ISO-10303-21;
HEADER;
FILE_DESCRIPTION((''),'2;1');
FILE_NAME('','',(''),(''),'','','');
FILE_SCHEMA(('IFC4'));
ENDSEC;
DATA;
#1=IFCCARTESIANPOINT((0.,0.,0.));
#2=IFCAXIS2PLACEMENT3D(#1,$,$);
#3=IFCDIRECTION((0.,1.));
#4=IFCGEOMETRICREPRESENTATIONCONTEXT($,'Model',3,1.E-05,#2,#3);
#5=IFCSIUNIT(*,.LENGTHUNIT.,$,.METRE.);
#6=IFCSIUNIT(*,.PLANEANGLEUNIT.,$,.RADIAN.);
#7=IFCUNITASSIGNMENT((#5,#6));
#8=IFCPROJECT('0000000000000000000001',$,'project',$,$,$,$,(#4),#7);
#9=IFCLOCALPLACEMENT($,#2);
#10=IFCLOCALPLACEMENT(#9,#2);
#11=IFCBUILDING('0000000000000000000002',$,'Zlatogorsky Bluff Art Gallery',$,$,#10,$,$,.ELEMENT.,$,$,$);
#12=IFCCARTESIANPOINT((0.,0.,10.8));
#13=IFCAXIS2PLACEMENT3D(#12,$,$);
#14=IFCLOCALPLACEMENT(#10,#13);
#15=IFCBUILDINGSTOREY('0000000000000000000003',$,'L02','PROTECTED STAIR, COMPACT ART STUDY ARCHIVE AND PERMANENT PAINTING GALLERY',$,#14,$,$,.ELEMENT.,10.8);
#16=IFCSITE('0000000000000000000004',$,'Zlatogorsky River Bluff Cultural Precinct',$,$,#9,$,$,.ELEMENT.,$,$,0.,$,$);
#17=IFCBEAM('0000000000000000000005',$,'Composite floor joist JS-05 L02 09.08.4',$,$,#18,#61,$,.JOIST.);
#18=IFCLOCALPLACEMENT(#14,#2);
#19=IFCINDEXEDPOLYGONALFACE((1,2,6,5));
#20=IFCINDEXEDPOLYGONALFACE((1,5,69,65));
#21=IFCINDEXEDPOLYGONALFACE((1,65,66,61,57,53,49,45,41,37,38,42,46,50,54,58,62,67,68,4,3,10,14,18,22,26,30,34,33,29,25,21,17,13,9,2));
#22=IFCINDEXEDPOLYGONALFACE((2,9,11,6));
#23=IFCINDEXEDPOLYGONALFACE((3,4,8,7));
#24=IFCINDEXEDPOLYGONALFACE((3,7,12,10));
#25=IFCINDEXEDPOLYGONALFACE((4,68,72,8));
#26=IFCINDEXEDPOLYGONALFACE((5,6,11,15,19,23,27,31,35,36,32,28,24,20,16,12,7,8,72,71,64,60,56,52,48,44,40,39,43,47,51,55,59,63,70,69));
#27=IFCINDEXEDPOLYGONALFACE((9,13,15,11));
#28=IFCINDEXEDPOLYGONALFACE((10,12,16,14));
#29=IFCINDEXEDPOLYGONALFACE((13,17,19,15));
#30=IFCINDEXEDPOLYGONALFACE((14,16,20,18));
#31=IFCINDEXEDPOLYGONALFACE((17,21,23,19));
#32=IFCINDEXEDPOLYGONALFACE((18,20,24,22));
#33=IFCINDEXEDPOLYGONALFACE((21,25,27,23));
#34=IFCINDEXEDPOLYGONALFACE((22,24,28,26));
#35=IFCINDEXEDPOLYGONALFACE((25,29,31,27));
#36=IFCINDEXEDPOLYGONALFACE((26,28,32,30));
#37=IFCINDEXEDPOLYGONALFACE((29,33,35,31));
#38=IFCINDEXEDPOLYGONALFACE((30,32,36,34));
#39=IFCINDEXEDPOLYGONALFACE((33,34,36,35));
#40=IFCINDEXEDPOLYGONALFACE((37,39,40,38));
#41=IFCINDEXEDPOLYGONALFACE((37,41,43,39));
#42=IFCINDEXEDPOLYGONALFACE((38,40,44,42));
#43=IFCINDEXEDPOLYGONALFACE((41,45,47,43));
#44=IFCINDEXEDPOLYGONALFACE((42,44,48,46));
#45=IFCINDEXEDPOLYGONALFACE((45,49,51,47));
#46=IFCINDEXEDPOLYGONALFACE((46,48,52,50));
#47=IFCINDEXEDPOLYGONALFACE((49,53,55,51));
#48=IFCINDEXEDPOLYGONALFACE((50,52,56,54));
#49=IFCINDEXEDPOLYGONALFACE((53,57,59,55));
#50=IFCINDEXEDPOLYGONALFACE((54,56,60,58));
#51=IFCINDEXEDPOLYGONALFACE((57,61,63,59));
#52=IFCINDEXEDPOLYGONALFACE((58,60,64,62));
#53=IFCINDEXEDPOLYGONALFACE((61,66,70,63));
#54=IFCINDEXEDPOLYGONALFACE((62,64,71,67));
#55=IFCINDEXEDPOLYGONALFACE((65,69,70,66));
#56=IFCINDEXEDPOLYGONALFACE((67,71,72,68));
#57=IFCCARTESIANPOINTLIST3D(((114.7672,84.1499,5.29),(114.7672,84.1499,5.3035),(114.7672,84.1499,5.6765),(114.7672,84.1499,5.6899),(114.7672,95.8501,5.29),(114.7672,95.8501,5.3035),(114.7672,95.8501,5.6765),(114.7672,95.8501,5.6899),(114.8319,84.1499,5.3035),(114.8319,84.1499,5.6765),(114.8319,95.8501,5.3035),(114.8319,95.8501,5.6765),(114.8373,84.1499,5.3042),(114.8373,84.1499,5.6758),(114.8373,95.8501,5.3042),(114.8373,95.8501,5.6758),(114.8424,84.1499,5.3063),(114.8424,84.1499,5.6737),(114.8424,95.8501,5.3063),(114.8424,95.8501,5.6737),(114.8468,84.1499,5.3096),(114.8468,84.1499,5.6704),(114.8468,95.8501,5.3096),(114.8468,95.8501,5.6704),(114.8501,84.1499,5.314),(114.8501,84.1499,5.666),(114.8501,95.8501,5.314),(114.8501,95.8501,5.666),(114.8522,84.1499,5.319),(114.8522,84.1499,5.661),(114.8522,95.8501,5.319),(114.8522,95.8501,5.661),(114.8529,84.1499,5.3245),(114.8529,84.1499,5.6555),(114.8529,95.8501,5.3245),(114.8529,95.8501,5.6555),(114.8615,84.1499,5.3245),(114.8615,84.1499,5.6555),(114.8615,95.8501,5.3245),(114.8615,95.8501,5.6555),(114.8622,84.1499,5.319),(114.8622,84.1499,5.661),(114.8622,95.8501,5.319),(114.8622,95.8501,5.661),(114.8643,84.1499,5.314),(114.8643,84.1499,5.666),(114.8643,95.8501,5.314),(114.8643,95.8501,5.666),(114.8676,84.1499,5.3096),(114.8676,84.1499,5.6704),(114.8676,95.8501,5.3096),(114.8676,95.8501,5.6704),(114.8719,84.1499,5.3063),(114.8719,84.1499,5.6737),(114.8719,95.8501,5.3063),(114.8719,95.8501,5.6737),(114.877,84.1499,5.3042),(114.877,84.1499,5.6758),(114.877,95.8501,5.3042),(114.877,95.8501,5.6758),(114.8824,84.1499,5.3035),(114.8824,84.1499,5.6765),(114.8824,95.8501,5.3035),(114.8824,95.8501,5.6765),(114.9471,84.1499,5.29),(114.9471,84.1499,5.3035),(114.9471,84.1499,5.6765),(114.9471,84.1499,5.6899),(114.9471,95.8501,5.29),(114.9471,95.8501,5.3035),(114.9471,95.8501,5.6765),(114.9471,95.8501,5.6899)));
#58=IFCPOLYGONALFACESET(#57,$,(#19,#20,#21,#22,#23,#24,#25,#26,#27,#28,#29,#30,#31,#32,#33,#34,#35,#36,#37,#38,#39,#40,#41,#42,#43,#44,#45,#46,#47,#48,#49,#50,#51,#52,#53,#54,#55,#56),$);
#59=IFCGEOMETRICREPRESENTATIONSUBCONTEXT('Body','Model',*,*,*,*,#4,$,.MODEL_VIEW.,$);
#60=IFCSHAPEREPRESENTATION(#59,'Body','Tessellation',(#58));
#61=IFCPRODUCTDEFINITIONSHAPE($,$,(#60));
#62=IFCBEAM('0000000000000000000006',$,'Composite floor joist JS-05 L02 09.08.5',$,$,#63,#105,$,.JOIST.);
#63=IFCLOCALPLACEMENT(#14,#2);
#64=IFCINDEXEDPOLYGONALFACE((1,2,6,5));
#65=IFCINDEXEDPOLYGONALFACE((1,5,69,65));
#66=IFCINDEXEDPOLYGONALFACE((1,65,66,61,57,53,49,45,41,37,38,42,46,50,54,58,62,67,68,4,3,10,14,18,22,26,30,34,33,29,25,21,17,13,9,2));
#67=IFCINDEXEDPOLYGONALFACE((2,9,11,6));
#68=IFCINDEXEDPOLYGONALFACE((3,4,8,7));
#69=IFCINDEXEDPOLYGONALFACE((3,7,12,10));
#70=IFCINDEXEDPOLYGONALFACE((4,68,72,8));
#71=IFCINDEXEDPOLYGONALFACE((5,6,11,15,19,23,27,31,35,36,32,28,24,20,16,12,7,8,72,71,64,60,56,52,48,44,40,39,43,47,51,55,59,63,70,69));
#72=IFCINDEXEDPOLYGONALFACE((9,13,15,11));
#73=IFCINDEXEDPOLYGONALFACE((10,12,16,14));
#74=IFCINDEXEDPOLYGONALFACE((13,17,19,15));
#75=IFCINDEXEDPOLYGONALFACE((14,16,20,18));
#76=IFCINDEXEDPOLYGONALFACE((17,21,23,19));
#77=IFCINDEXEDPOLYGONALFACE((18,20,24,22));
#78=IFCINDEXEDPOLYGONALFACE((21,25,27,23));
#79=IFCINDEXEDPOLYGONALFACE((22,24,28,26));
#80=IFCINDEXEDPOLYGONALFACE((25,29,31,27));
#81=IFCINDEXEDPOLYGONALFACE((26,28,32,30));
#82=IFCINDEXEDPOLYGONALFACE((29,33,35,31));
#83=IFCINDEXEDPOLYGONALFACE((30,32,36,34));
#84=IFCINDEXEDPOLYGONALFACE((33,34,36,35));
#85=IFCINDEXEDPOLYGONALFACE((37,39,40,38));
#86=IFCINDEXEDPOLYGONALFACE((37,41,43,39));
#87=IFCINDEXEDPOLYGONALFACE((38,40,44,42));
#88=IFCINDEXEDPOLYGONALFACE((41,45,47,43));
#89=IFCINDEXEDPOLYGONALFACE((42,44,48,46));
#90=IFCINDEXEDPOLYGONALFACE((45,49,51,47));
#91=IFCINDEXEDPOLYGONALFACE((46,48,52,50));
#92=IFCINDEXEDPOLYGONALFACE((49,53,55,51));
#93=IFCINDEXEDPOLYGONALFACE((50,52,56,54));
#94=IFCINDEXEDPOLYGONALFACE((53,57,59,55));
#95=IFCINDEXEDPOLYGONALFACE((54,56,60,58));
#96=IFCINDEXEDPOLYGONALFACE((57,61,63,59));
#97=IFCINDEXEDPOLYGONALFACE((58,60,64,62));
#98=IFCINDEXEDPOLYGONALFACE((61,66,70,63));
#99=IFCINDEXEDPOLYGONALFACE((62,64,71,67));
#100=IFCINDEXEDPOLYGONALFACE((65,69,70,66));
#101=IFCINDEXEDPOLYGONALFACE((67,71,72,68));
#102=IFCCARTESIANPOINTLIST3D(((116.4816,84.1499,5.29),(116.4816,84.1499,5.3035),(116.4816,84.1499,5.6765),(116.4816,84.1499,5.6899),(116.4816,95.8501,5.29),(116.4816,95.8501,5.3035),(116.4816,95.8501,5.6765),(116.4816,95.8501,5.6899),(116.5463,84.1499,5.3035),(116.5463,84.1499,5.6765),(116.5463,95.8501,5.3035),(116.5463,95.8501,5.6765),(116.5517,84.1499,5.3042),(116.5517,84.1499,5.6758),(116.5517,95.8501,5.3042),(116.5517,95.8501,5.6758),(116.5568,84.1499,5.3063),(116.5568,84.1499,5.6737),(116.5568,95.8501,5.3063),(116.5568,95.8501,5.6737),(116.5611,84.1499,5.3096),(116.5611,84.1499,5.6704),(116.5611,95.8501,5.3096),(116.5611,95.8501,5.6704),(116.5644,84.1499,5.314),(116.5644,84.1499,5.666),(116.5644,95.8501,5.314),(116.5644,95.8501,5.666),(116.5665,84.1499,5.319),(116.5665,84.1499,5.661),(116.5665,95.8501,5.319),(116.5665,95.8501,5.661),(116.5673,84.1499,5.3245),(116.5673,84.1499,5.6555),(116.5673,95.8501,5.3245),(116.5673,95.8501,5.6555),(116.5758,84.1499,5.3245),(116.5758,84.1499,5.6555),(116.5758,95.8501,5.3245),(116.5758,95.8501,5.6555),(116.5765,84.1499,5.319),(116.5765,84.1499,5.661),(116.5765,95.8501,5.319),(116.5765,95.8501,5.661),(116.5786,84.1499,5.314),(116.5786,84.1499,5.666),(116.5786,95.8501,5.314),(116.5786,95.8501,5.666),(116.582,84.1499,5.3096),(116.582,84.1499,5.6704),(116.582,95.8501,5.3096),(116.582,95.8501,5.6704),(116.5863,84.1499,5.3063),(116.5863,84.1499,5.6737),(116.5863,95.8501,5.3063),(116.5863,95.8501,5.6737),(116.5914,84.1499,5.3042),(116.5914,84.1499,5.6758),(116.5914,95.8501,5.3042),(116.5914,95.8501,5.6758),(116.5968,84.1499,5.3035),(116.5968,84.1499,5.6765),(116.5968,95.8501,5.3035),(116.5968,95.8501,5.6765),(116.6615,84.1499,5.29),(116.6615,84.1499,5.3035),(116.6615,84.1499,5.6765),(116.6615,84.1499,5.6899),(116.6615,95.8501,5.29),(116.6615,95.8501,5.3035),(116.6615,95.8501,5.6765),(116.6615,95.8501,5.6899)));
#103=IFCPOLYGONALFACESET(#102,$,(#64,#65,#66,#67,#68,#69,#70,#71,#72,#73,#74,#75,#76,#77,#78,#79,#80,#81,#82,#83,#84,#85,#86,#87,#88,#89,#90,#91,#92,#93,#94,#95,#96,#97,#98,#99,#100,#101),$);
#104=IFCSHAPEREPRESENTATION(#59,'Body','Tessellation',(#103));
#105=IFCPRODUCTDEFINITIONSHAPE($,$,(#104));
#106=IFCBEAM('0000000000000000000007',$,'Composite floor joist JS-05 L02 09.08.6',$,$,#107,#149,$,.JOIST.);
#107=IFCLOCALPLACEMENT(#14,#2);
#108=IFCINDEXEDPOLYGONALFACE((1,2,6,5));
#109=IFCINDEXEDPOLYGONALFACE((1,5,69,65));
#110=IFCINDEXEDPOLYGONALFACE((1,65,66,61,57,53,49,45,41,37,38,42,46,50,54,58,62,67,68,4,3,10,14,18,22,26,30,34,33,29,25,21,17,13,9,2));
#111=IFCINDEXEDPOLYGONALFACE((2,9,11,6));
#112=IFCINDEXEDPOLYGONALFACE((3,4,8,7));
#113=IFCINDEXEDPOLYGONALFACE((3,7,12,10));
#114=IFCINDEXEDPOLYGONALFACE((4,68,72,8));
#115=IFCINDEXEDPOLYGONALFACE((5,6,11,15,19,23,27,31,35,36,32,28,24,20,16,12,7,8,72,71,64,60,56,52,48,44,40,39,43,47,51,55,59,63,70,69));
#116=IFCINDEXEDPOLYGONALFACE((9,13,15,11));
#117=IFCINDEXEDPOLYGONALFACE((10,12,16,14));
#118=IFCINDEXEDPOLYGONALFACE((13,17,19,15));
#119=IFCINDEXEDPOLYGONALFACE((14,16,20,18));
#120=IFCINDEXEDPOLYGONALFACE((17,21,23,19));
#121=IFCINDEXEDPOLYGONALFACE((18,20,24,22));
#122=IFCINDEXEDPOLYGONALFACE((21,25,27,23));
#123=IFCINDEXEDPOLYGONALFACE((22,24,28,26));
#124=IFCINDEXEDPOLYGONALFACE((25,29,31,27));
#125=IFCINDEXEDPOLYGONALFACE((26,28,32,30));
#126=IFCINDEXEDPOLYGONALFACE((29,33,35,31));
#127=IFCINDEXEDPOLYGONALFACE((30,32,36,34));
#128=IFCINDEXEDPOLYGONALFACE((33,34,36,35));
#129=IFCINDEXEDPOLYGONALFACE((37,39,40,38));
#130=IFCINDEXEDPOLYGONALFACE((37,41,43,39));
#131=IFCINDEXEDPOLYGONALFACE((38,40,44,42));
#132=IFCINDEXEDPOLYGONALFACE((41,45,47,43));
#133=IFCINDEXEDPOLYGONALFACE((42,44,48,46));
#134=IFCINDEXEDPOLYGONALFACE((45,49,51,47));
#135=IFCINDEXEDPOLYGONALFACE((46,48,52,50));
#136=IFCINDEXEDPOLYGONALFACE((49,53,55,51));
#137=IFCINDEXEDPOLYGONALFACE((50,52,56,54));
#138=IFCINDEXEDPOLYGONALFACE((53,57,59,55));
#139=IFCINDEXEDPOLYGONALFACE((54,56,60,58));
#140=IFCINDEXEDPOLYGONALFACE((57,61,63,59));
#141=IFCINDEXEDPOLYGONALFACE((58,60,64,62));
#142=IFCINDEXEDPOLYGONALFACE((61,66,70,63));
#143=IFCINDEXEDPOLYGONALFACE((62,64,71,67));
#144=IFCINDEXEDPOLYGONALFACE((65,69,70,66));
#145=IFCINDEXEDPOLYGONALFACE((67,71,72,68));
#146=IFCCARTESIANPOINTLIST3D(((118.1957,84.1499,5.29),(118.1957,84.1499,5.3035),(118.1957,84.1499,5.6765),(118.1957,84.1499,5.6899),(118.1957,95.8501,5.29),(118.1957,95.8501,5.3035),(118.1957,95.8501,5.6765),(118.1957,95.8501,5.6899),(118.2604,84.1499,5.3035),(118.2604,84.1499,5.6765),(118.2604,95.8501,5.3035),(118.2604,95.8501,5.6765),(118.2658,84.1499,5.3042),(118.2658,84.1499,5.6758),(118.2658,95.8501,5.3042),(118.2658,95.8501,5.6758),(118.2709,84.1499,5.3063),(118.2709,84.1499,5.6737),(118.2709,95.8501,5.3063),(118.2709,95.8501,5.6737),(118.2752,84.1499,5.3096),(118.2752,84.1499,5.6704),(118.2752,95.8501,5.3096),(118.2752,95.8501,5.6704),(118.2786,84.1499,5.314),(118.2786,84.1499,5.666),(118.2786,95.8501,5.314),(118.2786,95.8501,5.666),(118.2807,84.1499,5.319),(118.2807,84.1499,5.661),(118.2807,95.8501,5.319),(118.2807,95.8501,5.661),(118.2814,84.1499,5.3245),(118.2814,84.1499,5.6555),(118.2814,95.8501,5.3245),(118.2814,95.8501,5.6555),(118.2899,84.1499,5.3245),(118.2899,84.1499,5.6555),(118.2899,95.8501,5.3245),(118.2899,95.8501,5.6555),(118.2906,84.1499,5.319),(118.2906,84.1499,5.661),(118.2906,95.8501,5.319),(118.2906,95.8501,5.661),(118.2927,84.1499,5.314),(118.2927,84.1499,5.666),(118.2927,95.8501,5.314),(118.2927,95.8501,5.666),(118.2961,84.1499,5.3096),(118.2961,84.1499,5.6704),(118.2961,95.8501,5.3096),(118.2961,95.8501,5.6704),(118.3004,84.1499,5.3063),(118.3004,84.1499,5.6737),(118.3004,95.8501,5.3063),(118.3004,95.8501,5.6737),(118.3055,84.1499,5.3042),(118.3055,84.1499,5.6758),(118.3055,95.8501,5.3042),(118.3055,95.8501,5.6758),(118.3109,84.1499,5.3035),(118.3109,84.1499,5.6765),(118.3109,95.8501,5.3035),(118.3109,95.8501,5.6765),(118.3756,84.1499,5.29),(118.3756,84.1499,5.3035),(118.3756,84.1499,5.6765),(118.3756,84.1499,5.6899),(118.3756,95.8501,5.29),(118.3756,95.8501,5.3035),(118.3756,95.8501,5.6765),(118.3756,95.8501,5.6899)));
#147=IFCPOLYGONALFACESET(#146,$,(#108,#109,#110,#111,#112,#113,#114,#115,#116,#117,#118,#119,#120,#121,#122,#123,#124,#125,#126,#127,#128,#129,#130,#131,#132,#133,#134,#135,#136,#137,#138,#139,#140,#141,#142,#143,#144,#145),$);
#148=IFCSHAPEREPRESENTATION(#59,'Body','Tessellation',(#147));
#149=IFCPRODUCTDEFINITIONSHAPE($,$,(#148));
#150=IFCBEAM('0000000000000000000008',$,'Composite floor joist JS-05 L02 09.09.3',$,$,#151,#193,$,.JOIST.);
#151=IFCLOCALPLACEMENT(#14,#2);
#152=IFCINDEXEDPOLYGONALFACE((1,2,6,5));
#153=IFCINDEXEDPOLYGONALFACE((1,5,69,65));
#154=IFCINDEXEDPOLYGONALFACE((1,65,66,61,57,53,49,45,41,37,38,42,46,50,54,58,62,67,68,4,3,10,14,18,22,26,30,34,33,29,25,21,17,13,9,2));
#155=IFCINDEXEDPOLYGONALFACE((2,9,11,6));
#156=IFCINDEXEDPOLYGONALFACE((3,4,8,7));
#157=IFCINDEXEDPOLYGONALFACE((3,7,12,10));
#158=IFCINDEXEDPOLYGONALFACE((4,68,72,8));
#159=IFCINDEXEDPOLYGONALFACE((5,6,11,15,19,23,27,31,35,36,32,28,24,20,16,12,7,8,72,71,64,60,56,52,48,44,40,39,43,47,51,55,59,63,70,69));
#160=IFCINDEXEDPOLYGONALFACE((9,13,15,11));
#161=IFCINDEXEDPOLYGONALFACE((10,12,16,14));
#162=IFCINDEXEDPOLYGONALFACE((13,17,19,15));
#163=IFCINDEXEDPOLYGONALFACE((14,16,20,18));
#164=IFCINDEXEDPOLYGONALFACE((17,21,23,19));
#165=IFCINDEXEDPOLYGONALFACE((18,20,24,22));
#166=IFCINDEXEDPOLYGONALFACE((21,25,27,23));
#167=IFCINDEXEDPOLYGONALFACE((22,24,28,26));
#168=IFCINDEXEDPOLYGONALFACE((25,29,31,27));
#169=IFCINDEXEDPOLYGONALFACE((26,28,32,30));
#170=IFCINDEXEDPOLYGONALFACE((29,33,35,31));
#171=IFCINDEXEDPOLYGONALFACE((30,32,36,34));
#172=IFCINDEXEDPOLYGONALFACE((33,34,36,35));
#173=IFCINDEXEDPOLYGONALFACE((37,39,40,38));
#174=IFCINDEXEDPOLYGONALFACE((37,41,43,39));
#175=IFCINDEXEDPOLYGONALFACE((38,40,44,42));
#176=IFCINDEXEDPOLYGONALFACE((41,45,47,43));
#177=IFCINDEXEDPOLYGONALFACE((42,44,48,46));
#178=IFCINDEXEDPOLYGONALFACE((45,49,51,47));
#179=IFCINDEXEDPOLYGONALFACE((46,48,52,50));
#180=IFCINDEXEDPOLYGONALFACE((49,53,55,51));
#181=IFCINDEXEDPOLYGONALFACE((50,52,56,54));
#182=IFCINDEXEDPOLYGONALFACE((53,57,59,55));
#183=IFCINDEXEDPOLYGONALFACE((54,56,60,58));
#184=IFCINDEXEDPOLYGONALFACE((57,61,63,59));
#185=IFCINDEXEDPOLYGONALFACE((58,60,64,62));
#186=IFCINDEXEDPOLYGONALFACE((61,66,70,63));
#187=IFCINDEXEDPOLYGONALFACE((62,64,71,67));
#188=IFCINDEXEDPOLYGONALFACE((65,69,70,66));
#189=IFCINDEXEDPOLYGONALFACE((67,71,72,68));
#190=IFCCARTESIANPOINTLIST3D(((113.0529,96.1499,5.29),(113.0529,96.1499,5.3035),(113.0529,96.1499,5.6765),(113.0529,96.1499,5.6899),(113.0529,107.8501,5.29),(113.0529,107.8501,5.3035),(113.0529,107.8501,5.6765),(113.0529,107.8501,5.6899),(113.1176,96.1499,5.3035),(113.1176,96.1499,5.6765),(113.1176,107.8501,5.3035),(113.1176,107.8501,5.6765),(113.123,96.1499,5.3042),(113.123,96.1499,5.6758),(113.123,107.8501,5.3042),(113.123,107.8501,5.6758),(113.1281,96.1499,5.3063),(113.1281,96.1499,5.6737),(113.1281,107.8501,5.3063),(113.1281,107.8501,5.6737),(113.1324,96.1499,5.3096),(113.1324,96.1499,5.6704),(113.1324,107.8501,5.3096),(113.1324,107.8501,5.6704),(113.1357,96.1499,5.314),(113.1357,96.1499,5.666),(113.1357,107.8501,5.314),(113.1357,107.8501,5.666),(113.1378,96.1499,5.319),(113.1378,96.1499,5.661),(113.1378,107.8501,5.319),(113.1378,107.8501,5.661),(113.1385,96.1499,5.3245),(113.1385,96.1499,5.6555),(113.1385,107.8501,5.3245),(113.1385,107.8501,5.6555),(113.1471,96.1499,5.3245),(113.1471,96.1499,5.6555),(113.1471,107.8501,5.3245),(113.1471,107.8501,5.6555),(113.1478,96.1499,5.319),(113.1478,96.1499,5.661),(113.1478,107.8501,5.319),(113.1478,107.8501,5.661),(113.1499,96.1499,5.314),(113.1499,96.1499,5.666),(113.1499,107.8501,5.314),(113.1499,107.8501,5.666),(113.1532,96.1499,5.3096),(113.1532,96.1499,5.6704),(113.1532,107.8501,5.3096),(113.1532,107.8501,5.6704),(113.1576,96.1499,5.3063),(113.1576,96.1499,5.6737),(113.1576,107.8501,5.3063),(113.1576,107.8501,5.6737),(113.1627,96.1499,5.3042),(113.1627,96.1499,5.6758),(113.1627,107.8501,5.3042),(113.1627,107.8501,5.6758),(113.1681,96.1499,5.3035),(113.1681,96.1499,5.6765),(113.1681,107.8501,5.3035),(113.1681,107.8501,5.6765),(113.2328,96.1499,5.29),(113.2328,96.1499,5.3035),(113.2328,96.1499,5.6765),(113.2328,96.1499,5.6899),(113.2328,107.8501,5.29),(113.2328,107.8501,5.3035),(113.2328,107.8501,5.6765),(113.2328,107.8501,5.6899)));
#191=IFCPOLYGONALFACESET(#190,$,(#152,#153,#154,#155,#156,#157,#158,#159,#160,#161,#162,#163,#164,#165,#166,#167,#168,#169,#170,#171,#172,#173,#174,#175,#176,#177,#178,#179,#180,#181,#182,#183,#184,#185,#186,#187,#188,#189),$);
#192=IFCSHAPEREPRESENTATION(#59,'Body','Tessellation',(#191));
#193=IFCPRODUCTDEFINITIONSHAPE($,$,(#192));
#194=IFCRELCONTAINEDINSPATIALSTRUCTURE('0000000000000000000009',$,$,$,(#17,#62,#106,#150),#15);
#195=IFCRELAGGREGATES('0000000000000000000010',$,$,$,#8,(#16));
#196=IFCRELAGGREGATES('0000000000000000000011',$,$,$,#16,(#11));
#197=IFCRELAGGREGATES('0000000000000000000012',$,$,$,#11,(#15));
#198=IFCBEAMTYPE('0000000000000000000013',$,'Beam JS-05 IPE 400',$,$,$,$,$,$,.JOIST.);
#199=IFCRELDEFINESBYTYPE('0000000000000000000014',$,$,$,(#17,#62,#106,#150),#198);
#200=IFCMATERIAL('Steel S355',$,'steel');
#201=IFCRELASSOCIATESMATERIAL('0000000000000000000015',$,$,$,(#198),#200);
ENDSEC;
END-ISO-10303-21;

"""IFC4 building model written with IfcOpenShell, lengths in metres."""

from ifc_helpers import new_model, si_unit, direction, frame, origin, origin_2d, place, context, subcontext, project, spatial, i_section, extrude, material, material_profile, profile_set, type_object, element, save


model = new_model("IFC4")

# Units and contexts
model_context = context("Model", 3, precision=1e-05, world=origin(), true_north=direction((0.0, 1.0)))
body_context = subcontext(model_context, "Body", "Model", "MODEL_VIEW")
ifc_project = project(units=[si_unit("LENGTHUNIT", "METRE"), si_unit("PLANEANGLEUNIT", "RADIAN")], contexts=[model_context])

# Site, building, storey
site_placement = place(None, origin())
site = spatial("IfcSite", under=ifc_project, at=site_placement, Name="Zlatogorsky River Bluff Cultural Precinct", CompositionType="ELEMENT", RefElevation=0.0)
building_placement = place(site_placement, origin())
building = spatial("IfcBuilding", under=site, at=building_placement, Name="Zlatogorsky Bluff Art Gallery", CompositionType="ELEMENT")
storey_placement = place(building_placement, frame((0.0, 0.0, 10.8)))
storey = spatial("IfcBuildingStorey", under=building, at=storey_placement, Name="L02", Description="PROTECTED STAIR, COMPACT ART STUDY ARCHIVE AND PERMANENT PAINTING GALLERY", CompositionType="ELEMENT", Elevation=10.8)

# Shared definitions
ifc_material_1 = material(Name="Steel S355", Category="steel")

# Beams
ifc_material_profile_1 = material_profile(ifc_material_1, i_section(OverallWidth=0.1799, OverallDepth=0.3999, WebThickness=0.0085, FlangeThickness=0.0134, FilletRadius=0.021, at=origin_2d()), Name="IPE 400")
ifc_profile_set_1 = profile_set([ifc_material_profile_1], Name="Steel S355")
beam_type_1 = type_object("IfcBeamType", Name="Beam JS-05 IPE 400", PredefinedType="JOIST", material=ifc_profile_set_1)
for number, where, z_axis, x_axis, name in (
    (1, (114.8572, 84.1499, 5.49), (0.0, 1.0, 0.0), (-1.0, 0.0, 0.0), "Composite floor joist JS-05 L02 09.08.4"),
    (2, (116.5715, 84.1499, 5.49), (0.0, 1.0, 0.0), (-1.0, 0.0, 0.0), "Composite floor joist JS-05 L02 09.08.5"),
    (3, (118.2856, 84.1499, 5.49), (0.0, 1.0, 0.0), (-1.0, 0.0, 0.0), "Composite floor joist JS-05 L02 09.08.6"),
    (4, (113.1428, 96.1499, 5.49), (0.0, 1.0, 0.0), (-1.0, 0.0, 0.0), "Composite floor joist JS-05 L02 09.09.3"),
):
    element("IfcBeam", number, at=place(storey_placement, frame(where, z_axis=z_axis, x_axis=x_axis)), inside=storey, type_object=beam_type_1, Name=name, PredefinedType="JOIST", context=body_context, shape_type="SweptSolid", body=[
        extrude(i_section(OverallWidth=0.1799, OverallDepth=0.3999, WebThickness=0.0085, FlangeThickness=0.0134, FilletRadius=0.021, at=origin_2d()), origin(), (0.0, 0.0, 1.0), 11.7002),
    ])

save(model, "model.ifc")
